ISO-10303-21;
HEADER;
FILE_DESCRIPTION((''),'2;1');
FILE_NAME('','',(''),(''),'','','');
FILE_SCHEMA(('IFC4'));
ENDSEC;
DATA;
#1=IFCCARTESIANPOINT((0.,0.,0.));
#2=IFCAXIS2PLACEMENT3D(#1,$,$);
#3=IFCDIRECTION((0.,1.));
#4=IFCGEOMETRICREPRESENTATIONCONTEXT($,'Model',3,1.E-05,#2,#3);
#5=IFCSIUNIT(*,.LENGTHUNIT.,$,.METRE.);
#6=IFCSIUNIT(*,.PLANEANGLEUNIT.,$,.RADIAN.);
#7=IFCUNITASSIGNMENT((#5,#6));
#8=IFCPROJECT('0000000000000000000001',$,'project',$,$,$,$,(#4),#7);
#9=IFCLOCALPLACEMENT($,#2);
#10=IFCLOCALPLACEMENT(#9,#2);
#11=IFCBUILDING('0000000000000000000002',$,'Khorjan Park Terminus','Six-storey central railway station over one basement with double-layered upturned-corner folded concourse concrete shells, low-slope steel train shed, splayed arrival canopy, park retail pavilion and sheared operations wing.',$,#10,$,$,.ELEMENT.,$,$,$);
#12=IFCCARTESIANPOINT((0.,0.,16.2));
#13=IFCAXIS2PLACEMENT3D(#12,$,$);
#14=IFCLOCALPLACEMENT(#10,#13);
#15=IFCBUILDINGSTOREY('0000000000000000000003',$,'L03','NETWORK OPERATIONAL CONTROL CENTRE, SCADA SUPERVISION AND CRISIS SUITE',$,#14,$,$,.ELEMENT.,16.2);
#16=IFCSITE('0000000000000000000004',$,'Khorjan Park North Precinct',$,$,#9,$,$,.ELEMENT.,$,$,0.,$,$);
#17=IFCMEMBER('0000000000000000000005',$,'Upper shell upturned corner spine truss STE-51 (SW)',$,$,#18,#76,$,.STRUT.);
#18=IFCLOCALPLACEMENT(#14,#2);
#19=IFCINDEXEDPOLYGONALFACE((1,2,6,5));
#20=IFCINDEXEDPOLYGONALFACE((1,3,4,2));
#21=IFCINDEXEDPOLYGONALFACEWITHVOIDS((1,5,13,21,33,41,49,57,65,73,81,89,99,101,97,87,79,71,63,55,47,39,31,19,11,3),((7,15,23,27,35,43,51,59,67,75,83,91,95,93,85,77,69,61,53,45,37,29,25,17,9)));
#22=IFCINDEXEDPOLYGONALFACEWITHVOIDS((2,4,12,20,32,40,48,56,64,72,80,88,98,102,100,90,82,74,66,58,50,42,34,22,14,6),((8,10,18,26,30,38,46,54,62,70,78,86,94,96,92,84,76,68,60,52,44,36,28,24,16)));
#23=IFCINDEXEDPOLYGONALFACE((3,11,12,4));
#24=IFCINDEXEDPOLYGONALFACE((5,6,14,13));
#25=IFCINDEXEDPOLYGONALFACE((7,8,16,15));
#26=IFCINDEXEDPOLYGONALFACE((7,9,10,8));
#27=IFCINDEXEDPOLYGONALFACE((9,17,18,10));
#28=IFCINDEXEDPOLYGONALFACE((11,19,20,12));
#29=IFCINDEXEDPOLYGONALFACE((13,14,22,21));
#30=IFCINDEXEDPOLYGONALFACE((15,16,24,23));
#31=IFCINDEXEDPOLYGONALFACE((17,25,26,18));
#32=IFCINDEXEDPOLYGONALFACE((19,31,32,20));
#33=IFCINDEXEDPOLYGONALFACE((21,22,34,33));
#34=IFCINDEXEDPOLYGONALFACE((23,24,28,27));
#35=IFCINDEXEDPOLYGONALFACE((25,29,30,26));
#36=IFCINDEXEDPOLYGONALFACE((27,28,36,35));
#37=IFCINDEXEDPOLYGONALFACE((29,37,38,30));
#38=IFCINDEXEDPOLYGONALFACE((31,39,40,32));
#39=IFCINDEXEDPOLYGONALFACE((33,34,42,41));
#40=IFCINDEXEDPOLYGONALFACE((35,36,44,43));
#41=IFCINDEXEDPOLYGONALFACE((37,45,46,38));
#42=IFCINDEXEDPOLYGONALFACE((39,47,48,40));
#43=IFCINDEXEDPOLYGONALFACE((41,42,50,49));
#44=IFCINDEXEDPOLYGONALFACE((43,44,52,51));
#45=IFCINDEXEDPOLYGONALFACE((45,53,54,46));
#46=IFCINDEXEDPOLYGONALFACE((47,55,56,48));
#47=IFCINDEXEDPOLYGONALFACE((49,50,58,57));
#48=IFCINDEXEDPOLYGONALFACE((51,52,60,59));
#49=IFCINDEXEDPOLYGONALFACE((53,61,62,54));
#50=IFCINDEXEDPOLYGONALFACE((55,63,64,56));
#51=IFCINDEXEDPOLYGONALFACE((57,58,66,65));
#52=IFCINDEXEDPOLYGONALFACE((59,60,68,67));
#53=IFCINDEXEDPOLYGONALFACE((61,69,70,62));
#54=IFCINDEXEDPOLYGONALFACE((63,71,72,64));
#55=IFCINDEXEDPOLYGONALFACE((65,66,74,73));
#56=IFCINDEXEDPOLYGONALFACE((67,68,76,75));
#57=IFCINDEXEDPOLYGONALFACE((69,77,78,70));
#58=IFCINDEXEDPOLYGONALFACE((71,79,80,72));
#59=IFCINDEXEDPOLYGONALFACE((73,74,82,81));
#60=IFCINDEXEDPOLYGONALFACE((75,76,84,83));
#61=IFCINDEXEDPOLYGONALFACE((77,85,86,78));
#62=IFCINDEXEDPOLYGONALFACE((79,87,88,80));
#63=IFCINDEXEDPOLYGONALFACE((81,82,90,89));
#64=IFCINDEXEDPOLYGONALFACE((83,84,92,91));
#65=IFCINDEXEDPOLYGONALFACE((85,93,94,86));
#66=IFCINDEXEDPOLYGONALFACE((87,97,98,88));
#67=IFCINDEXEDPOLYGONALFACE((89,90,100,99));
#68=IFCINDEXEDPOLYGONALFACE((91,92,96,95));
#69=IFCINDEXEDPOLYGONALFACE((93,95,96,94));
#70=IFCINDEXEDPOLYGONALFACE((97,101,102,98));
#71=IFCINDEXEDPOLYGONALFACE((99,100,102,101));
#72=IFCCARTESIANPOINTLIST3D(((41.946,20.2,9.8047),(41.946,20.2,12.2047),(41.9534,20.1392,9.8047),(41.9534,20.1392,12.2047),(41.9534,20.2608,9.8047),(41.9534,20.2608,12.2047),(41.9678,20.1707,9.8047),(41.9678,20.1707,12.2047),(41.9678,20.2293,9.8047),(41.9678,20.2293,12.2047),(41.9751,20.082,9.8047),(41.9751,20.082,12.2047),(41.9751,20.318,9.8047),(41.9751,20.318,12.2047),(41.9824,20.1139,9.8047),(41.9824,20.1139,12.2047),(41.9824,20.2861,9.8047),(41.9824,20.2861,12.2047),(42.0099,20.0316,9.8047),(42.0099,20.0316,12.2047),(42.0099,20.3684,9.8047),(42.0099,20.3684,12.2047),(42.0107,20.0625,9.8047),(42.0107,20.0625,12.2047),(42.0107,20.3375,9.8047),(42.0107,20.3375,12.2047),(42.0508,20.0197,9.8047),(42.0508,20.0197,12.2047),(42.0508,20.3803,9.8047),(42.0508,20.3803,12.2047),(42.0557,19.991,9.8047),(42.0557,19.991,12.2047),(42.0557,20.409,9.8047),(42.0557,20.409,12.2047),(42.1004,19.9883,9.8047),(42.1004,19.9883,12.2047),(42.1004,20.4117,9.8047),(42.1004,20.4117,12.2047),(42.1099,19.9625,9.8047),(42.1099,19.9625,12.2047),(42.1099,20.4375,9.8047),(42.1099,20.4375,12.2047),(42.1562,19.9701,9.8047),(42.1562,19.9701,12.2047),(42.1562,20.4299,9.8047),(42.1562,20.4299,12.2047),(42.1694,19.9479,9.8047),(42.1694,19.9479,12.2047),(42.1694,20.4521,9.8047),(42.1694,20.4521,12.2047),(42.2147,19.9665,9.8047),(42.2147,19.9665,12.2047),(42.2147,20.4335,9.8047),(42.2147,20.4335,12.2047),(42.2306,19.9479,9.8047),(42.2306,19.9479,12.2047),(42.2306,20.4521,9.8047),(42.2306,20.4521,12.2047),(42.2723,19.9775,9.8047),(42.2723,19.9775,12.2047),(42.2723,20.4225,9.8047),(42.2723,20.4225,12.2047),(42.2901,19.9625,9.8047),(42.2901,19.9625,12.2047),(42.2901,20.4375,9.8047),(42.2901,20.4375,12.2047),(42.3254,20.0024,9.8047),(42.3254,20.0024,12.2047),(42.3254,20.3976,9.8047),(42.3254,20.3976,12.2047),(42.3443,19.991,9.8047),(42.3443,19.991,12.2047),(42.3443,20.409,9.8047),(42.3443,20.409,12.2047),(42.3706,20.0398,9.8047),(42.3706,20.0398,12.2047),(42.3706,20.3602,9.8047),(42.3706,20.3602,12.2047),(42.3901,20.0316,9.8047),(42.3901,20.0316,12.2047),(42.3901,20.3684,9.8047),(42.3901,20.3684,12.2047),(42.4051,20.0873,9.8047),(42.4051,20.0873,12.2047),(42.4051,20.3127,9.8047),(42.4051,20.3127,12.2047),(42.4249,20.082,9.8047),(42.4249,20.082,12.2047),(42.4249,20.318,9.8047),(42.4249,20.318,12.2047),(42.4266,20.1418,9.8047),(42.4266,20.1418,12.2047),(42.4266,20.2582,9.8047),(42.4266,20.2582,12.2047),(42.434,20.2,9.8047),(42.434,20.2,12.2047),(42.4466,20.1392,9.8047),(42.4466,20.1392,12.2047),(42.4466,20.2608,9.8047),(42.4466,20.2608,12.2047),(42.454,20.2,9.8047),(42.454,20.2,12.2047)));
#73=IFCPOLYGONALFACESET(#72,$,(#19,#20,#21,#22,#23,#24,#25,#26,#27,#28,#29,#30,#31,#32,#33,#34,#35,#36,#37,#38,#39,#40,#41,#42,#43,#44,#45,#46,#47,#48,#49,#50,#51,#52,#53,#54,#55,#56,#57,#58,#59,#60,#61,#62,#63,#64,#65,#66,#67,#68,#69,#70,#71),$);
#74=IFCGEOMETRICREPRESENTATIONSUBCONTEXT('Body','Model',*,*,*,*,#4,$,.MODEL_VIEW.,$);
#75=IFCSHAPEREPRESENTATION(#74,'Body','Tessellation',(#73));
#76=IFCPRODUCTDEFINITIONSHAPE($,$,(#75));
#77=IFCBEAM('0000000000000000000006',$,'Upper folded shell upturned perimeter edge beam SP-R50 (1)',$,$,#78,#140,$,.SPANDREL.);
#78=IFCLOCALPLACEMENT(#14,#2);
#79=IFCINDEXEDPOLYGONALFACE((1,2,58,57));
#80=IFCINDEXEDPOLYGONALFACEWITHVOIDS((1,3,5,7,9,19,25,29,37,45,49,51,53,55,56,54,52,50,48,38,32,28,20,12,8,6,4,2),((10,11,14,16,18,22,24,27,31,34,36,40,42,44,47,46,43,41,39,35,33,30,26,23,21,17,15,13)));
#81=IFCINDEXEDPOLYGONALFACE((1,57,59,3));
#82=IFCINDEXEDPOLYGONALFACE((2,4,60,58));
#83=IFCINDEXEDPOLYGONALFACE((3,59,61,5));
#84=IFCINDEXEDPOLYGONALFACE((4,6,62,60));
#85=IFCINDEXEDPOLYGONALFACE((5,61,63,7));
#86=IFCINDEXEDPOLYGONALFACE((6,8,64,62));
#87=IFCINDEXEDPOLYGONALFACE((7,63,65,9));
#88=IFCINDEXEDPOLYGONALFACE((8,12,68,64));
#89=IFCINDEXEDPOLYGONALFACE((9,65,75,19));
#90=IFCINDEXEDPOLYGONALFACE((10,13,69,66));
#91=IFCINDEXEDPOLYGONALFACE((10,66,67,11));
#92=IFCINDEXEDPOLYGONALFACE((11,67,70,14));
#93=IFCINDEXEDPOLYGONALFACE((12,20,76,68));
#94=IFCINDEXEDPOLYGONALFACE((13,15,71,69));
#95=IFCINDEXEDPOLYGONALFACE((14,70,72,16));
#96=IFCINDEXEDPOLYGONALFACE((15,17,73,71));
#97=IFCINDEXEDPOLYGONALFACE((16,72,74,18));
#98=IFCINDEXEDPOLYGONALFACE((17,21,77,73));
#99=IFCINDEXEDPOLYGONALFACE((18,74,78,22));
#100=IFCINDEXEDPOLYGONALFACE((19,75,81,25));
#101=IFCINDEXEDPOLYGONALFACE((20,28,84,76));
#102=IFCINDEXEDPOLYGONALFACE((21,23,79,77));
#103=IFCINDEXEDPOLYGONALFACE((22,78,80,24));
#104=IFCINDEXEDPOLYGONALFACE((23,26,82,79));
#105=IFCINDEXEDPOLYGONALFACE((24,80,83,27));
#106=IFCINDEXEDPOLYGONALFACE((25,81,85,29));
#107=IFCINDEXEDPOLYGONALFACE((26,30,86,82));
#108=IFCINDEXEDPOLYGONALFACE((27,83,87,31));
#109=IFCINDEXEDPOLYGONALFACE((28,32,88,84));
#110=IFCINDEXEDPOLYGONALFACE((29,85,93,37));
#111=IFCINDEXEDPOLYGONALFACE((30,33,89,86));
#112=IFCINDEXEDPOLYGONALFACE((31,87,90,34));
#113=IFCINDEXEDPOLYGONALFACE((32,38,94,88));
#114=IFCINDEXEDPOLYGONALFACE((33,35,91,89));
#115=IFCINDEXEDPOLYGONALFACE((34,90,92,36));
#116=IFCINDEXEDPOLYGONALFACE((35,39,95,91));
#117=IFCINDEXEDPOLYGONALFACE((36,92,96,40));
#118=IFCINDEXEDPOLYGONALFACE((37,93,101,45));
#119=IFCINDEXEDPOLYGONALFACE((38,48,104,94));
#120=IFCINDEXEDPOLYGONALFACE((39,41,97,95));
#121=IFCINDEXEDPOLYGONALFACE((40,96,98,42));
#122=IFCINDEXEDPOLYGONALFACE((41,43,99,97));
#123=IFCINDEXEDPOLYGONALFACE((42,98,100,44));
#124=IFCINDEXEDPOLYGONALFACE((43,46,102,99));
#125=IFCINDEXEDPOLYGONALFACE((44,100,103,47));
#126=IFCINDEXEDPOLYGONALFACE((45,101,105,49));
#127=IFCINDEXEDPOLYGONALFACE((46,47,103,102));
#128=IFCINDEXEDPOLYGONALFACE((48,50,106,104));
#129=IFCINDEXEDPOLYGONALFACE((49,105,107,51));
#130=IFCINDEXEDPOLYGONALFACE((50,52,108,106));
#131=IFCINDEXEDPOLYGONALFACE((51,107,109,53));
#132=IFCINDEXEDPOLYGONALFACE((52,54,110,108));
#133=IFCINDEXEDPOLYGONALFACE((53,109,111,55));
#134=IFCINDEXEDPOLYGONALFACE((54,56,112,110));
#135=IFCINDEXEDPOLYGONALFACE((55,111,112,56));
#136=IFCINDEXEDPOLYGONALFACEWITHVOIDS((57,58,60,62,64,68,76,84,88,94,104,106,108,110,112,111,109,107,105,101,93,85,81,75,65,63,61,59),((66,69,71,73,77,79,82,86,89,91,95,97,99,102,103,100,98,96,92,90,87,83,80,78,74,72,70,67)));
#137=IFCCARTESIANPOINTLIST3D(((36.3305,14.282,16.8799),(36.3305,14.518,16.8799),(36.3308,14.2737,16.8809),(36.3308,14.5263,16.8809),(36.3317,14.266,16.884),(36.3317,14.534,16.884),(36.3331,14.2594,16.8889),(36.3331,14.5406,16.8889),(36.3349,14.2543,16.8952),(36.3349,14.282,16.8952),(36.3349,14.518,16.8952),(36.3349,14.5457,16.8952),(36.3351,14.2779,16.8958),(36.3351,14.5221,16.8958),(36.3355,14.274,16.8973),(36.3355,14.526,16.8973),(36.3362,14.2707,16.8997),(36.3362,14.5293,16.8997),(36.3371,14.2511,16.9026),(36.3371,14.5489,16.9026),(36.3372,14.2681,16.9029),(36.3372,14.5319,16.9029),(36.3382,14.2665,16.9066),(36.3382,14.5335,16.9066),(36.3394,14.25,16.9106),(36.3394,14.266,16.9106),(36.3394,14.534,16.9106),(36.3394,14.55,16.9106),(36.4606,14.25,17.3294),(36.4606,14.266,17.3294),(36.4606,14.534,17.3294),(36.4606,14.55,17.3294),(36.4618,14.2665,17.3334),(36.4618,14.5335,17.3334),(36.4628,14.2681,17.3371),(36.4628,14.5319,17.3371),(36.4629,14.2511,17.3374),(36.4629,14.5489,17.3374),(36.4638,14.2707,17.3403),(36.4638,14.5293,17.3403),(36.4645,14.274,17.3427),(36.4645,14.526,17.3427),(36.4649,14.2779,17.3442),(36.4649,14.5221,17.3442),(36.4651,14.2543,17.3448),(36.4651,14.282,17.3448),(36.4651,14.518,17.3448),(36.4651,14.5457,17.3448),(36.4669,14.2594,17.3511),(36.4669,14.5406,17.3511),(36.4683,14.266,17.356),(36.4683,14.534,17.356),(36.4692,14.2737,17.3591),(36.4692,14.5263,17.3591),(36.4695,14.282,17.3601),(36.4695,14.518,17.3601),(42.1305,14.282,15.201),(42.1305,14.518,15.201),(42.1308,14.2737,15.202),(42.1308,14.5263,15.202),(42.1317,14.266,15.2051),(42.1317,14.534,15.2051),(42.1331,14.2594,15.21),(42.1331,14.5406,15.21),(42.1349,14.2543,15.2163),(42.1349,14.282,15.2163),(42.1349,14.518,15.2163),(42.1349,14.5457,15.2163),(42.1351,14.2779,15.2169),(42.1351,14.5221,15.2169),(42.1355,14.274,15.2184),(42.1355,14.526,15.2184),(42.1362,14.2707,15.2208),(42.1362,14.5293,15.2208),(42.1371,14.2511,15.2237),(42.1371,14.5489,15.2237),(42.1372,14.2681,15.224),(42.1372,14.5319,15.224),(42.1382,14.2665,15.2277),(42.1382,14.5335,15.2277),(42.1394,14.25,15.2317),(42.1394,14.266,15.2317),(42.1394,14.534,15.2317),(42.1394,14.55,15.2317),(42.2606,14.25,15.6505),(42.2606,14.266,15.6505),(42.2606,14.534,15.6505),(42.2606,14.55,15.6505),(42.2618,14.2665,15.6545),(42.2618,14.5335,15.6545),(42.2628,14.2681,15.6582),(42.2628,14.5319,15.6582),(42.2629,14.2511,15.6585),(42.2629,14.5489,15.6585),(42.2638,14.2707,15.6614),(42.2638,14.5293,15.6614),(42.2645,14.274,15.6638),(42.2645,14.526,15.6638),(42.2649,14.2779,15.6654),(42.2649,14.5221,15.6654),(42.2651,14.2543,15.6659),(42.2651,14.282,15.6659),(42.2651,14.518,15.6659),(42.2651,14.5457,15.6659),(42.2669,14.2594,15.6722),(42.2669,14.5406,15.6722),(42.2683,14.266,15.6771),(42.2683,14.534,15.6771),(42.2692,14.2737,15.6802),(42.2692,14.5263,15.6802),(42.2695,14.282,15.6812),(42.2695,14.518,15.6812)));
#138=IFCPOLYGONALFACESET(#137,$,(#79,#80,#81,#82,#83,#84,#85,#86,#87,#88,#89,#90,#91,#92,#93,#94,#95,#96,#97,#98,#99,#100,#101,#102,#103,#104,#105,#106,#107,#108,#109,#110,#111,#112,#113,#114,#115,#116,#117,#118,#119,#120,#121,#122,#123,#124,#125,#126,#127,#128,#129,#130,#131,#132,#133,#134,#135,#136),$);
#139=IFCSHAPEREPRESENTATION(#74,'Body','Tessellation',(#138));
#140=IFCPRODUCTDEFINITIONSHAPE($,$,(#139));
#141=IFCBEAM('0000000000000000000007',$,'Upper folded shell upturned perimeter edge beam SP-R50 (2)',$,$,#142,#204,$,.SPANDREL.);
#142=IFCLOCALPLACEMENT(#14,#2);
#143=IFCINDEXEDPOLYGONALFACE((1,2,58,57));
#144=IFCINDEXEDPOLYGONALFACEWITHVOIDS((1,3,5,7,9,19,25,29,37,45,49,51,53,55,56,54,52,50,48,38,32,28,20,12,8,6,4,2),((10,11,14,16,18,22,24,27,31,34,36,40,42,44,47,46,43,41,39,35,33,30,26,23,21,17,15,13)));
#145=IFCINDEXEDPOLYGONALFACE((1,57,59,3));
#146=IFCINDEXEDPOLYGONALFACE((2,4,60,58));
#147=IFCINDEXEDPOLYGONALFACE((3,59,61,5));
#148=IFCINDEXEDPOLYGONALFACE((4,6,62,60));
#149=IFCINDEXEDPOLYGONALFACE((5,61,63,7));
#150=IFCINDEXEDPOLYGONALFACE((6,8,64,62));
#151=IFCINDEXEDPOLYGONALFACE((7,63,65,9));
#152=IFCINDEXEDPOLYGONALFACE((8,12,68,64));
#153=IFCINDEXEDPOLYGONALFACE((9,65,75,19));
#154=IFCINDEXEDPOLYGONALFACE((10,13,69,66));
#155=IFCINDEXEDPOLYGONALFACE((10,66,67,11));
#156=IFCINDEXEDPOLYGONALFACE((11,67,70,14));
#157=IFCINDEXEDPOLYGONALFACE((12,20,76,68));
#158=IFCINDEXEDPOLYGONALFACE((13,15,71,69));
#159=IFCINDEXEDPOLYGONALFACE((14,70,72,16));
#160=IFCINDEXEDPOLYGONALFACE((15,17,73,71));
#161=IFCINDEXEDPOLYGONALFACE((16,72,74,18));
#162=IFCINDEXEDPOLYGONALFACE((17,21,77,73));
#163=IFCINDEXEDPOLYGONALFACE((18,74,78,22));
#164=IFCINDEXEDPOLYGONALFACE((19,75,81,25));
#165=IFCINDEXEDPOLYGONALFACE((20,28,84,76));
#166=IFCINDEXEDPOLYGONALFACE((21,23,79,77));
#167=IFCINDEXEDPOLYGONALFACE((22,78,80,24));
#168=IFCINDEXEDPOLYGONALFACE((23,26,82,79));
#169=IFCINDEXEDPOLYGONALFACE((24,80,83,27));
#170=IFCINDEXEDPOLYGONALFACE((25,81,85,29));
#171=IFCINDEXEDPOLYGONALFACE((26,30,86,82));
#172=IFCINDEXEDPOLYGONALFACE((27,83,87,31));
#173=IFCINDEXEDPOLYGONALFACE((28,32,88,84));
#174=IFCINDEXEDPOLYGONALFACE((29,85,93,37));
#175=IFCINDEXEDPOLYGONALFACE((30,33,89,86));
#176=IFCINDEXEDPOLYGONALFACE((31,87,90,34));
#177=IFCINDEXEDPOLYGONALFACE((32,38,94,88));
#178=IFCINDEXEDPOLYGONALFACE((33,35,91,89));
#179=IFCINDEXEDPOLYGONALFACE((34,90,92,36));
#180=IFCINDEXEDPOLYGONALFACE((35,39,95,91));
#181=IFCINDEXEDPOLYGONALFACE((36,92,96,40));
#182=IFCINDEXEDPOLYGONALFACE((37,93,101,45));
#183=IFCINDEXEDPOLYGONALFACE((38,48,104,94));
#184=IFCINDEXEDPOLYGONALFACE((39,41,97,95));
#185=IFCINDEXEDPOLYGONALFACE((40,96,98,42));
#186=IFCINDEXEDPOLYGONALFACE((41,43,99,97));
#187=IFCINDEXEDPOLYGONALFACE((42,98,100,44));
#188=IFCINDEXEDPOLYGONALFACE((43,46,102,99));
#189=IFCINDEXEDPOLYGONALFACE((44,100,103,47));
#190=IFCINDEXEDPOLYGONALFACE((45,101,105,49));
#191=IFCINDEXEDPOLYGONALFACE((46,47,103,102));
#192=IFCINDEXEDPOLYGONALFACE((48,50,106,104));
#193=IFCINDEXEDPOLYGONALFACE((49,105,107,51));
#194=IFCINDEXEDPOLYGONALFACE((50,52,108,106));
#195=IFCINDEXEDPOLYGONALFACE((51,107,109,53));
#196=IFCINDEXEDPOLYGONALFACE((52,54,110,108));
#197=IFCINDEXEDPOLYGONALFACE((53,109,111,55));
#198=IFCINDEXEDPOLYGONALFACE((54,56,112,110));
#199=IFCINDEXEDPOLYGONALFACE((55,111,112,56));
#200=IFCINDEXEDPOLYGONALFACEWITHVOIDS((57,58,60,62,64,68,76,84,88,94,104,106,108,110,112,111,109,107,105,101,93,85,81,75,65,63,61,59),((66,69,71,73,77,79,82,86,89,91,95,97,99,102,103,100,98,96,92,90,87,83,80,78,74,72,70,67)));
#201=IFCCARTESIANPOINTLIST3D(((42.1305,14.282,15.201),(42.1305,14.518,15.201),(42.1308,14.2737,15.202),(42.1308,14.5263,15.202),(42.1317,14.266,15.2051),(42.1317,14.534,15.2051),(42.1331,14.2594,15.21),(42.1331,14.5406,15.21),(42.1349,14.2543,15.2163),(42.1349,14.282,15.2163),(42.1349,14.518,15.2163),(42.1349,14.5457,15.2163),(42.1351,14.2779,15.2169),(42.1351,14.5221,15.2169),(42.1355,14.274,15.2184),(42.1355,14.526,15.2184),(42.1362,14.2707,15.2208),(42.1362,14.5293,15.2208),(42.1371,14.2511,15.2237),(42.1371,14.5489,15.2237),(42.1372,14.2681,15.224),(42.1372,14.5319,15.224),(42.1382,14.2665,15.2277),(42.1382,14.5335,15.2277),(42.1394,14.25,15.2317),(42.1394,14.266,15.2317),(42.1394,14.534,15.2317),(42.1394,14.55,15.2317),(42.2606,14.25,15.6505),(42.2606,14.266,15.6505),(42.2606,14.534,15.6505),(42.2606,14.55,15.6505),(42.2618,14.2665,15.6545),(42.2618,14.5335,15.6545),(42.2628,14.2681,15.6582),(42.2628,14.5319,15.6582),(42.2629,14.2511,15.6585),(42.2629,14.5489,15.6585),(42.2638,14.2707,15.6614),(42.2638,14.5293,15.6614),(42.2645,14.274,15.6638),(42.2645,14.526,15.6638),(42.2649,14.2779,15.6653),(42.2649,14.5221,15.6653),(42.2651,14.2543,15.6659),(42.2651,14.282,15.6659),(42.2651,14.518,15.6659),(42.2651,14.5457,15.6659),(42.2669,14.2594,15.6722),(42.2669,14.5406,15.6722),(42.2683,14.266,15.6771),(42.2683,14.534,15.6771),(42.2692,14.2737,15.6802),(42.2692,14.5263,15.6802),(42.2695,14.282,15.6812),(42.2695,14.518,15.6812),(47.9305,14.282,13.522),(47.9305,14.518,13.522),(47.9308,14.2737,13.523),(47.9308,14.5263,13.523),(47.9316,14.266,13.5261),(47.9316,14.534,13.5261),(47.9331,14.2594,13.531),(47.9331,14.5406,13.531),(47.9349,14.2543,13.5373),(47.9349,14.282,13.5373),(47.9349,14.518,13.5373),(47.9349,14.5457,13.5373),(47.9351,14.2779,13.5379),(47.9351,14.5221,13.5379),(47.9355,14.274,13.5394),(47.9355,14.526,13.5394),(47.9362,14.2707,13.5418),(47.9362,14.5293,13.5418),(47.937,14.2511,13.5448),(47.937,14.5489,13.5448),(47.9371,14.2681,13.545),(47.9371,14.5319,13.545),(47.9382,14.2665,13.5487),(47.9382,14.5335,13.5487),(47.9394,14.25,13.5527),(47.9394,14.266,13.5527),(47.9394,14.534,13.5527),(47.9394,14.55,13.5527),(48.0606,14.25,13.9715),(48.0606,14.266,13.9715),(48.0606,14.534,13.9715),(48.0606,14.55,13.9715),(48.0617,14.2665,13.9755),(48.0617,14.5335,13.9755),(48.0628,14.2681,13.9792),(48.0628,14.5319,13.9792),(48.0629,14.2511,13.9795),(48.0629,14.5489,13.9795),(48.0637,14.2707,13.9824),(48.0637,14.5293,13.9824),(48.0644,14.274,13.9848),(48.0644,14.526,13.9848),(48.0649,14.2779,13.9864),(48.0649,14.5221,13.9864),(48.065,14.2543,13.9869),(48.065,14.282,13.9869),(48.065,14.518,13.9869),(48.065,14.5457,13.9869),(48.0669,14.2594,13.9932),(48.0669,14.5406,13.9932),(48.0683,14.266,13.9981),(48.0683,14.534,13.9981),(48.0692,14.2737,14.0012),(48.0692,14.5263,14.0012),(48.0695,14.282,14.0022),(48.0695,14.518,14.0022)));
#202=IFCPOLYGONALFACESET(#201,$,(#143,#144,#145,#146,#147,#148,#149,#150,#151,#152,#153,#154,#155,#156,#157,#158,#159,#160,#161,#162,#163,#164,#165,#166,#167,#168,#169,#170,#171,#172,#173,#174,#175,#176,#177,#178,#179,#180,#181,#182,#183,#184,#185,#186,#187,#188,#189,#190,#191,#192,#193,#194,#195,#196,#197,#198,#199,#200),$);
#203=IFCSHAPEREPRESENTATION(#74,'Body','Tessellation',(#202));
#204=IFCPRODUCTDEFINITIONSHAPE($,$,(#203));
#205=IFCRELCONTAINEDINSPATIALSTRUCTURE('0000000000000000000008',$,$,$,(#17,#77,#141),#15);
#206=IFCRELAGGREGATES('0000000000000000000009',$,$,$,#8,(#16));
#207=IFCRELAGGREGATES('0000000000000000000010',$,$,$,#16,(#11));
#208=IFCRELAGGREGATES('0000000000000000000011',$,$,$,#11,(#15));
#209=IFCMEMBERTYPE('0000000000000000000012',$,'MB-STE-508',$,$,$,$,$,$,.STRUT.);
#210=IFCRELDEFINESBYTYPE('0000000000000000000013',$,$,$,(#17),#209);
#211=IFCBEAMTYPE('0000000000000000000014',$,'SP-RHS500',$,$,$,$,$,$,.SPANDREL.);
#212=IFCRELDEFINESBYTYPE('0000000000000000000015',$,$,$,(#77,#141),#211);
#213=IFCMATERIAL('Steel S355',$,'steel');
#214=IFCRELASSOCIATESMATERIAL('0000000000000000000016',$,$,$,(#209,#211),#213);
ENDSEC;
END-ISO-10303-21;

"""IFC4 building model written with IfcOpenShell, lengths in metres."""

from ifc_helpers import new_model, si_unit, direction, frame, origin, origin_2d, place, context, subcontext, project, spatial, hollow_rectangle, hollow_circle, extrude, material, material_profile, profile_set, type_object, element, save


model = new_model("IFC4")

# Units and contexts
model_context = context("Model", 3, precision=1e-05, world=origin(), true_north=direction((0.0, 1.0)))
body_context = subcontext(model_context, "Body", "Model", "MODEL_VIEW")
ifc_project = project(units=[si_unit("LENGTHUNIT", "METRE"), si_unit("PLANEANGLEUNIT", "RADIAN")], contexts=[model_context])

# Site, building, storey
site_placement = place(None, origin())
site = spatial("IfcSite", under=ifc_project, at=site_placement, Name="Khorjan Park North Precinct", CompositionType="ELEMENT", RefElevation=0.0)
building_placement = place(site_placement, origin())
building = spatial("IfcBuilding", under=site, at=building_placement, Name="Khorjan Park Terminus", Description="Six-storey central railway station over one basement with double-layered upturned-corner folded concourse concrete shells, low-slope steel train shed, splayed arrival canopy, park retail pavilion and sheared operations wing.", CompositionType="ELEMENT")
storey_placement = place(building_placement, frame((0.0, 0.0, 16.2)))
storey = spatial("IfcBuildingStorey", under=building, at=storey_placement, Name="L03", Description="NETWORK OPERATIONAL CONTROL CENTRE, SCADA SUPERVISION AND CRISIS SUITE", CompositionType="ELEMENT", Elevation=16.2)

# Member
ifc_material_1 = material(Name="Steel S355", Category="steel")
ifc_material_profile_1 = material_profile(ifc_material_1, hollow_circle(Radius=0.254, WallThickness=0.02, at=origin_2d()), Name="CHS 508x20")
ifc_profile_set_1 = profile_set([ifc_material_profile_1], Name="Steel S355")
member_type_1 = type_object("IfcMemberType", Name="MB-STE-508", PredefinedType="STRUT", material=ifc_profile_set_1)
member_1_placement = place(storey_placement, frame((42.2, 20.2, 9.8047), z_axis=(0.0, 0.0, 1.0), x_axis=(1.0, 0.0, 0.0)))
element("IfcMember", 1, at=member_1_placement, inside=storey, type_object=member_type_1, Name="Upper shell upturned corner spine truss STE-51 (SW)", PredefinedType="STRUT", context=body_context, shape_type="SweptSolid", body=[
    extrude(hollow_circle(Radius=0.254, WallThickness=0.02, at=origin_2d()), origin(), (0.0, 0.0, 1.0), 2.4),
])

# Beams
ifc_material_profile_2 = material_profile(ifc_material_1, hollow_rectangle(XDim=0.3, YDim=0.5, WallThickness=0.016, InnerFilletRadius=0.016, OuterFilletRadius=0.032, at=origin_2d()), Name="RHS 500x300x16")
ifc_profile_set_2 = profile_set([ifc_material_profile_2], Name="Steel S355")
beam_type = type_object("IfcBeamType", Name="SP-RHS500", PredefinedType="SPANDREL", material=ifc_profile_set_2)
for number, where, z_axis, x_axis, name in (
    (2, (36.4, 14.4, 17.12), (0.960566, 0.0, -0.278051), (0.0, 1.0, 0.0), "Upper folded shell upturned perimeter edge beam SP-R50 (1)"),
    (3, (42.2, 14.4, 15.4411), (0.960562, 0.0, -0.278066), (0.0, 1.0, 0.0), "Upper folded shell upturned perimeter edge beam SP-R50 (2)"),
):
    element("IfcBeam", number, at=place(storey_placement, frame(where, z_axis=z_axis, x_axis=x_axis)), inside=storey, type_object=beam_type, Name=name, PredefinedType="SPANDREL", context=body_context, shape_type="SweptSolid", body=[
        extrude(hollow_rectangle(XDim=0.3, YDim=0.5, WallThickness=0.016, InnerFilletRadius=0.016, OuterFilletRadius=0.032, at=origin_2d()), origin(), (0.0, 0.0, 1.0), 6.0381),
    ])

save(model, "model.ifc")
